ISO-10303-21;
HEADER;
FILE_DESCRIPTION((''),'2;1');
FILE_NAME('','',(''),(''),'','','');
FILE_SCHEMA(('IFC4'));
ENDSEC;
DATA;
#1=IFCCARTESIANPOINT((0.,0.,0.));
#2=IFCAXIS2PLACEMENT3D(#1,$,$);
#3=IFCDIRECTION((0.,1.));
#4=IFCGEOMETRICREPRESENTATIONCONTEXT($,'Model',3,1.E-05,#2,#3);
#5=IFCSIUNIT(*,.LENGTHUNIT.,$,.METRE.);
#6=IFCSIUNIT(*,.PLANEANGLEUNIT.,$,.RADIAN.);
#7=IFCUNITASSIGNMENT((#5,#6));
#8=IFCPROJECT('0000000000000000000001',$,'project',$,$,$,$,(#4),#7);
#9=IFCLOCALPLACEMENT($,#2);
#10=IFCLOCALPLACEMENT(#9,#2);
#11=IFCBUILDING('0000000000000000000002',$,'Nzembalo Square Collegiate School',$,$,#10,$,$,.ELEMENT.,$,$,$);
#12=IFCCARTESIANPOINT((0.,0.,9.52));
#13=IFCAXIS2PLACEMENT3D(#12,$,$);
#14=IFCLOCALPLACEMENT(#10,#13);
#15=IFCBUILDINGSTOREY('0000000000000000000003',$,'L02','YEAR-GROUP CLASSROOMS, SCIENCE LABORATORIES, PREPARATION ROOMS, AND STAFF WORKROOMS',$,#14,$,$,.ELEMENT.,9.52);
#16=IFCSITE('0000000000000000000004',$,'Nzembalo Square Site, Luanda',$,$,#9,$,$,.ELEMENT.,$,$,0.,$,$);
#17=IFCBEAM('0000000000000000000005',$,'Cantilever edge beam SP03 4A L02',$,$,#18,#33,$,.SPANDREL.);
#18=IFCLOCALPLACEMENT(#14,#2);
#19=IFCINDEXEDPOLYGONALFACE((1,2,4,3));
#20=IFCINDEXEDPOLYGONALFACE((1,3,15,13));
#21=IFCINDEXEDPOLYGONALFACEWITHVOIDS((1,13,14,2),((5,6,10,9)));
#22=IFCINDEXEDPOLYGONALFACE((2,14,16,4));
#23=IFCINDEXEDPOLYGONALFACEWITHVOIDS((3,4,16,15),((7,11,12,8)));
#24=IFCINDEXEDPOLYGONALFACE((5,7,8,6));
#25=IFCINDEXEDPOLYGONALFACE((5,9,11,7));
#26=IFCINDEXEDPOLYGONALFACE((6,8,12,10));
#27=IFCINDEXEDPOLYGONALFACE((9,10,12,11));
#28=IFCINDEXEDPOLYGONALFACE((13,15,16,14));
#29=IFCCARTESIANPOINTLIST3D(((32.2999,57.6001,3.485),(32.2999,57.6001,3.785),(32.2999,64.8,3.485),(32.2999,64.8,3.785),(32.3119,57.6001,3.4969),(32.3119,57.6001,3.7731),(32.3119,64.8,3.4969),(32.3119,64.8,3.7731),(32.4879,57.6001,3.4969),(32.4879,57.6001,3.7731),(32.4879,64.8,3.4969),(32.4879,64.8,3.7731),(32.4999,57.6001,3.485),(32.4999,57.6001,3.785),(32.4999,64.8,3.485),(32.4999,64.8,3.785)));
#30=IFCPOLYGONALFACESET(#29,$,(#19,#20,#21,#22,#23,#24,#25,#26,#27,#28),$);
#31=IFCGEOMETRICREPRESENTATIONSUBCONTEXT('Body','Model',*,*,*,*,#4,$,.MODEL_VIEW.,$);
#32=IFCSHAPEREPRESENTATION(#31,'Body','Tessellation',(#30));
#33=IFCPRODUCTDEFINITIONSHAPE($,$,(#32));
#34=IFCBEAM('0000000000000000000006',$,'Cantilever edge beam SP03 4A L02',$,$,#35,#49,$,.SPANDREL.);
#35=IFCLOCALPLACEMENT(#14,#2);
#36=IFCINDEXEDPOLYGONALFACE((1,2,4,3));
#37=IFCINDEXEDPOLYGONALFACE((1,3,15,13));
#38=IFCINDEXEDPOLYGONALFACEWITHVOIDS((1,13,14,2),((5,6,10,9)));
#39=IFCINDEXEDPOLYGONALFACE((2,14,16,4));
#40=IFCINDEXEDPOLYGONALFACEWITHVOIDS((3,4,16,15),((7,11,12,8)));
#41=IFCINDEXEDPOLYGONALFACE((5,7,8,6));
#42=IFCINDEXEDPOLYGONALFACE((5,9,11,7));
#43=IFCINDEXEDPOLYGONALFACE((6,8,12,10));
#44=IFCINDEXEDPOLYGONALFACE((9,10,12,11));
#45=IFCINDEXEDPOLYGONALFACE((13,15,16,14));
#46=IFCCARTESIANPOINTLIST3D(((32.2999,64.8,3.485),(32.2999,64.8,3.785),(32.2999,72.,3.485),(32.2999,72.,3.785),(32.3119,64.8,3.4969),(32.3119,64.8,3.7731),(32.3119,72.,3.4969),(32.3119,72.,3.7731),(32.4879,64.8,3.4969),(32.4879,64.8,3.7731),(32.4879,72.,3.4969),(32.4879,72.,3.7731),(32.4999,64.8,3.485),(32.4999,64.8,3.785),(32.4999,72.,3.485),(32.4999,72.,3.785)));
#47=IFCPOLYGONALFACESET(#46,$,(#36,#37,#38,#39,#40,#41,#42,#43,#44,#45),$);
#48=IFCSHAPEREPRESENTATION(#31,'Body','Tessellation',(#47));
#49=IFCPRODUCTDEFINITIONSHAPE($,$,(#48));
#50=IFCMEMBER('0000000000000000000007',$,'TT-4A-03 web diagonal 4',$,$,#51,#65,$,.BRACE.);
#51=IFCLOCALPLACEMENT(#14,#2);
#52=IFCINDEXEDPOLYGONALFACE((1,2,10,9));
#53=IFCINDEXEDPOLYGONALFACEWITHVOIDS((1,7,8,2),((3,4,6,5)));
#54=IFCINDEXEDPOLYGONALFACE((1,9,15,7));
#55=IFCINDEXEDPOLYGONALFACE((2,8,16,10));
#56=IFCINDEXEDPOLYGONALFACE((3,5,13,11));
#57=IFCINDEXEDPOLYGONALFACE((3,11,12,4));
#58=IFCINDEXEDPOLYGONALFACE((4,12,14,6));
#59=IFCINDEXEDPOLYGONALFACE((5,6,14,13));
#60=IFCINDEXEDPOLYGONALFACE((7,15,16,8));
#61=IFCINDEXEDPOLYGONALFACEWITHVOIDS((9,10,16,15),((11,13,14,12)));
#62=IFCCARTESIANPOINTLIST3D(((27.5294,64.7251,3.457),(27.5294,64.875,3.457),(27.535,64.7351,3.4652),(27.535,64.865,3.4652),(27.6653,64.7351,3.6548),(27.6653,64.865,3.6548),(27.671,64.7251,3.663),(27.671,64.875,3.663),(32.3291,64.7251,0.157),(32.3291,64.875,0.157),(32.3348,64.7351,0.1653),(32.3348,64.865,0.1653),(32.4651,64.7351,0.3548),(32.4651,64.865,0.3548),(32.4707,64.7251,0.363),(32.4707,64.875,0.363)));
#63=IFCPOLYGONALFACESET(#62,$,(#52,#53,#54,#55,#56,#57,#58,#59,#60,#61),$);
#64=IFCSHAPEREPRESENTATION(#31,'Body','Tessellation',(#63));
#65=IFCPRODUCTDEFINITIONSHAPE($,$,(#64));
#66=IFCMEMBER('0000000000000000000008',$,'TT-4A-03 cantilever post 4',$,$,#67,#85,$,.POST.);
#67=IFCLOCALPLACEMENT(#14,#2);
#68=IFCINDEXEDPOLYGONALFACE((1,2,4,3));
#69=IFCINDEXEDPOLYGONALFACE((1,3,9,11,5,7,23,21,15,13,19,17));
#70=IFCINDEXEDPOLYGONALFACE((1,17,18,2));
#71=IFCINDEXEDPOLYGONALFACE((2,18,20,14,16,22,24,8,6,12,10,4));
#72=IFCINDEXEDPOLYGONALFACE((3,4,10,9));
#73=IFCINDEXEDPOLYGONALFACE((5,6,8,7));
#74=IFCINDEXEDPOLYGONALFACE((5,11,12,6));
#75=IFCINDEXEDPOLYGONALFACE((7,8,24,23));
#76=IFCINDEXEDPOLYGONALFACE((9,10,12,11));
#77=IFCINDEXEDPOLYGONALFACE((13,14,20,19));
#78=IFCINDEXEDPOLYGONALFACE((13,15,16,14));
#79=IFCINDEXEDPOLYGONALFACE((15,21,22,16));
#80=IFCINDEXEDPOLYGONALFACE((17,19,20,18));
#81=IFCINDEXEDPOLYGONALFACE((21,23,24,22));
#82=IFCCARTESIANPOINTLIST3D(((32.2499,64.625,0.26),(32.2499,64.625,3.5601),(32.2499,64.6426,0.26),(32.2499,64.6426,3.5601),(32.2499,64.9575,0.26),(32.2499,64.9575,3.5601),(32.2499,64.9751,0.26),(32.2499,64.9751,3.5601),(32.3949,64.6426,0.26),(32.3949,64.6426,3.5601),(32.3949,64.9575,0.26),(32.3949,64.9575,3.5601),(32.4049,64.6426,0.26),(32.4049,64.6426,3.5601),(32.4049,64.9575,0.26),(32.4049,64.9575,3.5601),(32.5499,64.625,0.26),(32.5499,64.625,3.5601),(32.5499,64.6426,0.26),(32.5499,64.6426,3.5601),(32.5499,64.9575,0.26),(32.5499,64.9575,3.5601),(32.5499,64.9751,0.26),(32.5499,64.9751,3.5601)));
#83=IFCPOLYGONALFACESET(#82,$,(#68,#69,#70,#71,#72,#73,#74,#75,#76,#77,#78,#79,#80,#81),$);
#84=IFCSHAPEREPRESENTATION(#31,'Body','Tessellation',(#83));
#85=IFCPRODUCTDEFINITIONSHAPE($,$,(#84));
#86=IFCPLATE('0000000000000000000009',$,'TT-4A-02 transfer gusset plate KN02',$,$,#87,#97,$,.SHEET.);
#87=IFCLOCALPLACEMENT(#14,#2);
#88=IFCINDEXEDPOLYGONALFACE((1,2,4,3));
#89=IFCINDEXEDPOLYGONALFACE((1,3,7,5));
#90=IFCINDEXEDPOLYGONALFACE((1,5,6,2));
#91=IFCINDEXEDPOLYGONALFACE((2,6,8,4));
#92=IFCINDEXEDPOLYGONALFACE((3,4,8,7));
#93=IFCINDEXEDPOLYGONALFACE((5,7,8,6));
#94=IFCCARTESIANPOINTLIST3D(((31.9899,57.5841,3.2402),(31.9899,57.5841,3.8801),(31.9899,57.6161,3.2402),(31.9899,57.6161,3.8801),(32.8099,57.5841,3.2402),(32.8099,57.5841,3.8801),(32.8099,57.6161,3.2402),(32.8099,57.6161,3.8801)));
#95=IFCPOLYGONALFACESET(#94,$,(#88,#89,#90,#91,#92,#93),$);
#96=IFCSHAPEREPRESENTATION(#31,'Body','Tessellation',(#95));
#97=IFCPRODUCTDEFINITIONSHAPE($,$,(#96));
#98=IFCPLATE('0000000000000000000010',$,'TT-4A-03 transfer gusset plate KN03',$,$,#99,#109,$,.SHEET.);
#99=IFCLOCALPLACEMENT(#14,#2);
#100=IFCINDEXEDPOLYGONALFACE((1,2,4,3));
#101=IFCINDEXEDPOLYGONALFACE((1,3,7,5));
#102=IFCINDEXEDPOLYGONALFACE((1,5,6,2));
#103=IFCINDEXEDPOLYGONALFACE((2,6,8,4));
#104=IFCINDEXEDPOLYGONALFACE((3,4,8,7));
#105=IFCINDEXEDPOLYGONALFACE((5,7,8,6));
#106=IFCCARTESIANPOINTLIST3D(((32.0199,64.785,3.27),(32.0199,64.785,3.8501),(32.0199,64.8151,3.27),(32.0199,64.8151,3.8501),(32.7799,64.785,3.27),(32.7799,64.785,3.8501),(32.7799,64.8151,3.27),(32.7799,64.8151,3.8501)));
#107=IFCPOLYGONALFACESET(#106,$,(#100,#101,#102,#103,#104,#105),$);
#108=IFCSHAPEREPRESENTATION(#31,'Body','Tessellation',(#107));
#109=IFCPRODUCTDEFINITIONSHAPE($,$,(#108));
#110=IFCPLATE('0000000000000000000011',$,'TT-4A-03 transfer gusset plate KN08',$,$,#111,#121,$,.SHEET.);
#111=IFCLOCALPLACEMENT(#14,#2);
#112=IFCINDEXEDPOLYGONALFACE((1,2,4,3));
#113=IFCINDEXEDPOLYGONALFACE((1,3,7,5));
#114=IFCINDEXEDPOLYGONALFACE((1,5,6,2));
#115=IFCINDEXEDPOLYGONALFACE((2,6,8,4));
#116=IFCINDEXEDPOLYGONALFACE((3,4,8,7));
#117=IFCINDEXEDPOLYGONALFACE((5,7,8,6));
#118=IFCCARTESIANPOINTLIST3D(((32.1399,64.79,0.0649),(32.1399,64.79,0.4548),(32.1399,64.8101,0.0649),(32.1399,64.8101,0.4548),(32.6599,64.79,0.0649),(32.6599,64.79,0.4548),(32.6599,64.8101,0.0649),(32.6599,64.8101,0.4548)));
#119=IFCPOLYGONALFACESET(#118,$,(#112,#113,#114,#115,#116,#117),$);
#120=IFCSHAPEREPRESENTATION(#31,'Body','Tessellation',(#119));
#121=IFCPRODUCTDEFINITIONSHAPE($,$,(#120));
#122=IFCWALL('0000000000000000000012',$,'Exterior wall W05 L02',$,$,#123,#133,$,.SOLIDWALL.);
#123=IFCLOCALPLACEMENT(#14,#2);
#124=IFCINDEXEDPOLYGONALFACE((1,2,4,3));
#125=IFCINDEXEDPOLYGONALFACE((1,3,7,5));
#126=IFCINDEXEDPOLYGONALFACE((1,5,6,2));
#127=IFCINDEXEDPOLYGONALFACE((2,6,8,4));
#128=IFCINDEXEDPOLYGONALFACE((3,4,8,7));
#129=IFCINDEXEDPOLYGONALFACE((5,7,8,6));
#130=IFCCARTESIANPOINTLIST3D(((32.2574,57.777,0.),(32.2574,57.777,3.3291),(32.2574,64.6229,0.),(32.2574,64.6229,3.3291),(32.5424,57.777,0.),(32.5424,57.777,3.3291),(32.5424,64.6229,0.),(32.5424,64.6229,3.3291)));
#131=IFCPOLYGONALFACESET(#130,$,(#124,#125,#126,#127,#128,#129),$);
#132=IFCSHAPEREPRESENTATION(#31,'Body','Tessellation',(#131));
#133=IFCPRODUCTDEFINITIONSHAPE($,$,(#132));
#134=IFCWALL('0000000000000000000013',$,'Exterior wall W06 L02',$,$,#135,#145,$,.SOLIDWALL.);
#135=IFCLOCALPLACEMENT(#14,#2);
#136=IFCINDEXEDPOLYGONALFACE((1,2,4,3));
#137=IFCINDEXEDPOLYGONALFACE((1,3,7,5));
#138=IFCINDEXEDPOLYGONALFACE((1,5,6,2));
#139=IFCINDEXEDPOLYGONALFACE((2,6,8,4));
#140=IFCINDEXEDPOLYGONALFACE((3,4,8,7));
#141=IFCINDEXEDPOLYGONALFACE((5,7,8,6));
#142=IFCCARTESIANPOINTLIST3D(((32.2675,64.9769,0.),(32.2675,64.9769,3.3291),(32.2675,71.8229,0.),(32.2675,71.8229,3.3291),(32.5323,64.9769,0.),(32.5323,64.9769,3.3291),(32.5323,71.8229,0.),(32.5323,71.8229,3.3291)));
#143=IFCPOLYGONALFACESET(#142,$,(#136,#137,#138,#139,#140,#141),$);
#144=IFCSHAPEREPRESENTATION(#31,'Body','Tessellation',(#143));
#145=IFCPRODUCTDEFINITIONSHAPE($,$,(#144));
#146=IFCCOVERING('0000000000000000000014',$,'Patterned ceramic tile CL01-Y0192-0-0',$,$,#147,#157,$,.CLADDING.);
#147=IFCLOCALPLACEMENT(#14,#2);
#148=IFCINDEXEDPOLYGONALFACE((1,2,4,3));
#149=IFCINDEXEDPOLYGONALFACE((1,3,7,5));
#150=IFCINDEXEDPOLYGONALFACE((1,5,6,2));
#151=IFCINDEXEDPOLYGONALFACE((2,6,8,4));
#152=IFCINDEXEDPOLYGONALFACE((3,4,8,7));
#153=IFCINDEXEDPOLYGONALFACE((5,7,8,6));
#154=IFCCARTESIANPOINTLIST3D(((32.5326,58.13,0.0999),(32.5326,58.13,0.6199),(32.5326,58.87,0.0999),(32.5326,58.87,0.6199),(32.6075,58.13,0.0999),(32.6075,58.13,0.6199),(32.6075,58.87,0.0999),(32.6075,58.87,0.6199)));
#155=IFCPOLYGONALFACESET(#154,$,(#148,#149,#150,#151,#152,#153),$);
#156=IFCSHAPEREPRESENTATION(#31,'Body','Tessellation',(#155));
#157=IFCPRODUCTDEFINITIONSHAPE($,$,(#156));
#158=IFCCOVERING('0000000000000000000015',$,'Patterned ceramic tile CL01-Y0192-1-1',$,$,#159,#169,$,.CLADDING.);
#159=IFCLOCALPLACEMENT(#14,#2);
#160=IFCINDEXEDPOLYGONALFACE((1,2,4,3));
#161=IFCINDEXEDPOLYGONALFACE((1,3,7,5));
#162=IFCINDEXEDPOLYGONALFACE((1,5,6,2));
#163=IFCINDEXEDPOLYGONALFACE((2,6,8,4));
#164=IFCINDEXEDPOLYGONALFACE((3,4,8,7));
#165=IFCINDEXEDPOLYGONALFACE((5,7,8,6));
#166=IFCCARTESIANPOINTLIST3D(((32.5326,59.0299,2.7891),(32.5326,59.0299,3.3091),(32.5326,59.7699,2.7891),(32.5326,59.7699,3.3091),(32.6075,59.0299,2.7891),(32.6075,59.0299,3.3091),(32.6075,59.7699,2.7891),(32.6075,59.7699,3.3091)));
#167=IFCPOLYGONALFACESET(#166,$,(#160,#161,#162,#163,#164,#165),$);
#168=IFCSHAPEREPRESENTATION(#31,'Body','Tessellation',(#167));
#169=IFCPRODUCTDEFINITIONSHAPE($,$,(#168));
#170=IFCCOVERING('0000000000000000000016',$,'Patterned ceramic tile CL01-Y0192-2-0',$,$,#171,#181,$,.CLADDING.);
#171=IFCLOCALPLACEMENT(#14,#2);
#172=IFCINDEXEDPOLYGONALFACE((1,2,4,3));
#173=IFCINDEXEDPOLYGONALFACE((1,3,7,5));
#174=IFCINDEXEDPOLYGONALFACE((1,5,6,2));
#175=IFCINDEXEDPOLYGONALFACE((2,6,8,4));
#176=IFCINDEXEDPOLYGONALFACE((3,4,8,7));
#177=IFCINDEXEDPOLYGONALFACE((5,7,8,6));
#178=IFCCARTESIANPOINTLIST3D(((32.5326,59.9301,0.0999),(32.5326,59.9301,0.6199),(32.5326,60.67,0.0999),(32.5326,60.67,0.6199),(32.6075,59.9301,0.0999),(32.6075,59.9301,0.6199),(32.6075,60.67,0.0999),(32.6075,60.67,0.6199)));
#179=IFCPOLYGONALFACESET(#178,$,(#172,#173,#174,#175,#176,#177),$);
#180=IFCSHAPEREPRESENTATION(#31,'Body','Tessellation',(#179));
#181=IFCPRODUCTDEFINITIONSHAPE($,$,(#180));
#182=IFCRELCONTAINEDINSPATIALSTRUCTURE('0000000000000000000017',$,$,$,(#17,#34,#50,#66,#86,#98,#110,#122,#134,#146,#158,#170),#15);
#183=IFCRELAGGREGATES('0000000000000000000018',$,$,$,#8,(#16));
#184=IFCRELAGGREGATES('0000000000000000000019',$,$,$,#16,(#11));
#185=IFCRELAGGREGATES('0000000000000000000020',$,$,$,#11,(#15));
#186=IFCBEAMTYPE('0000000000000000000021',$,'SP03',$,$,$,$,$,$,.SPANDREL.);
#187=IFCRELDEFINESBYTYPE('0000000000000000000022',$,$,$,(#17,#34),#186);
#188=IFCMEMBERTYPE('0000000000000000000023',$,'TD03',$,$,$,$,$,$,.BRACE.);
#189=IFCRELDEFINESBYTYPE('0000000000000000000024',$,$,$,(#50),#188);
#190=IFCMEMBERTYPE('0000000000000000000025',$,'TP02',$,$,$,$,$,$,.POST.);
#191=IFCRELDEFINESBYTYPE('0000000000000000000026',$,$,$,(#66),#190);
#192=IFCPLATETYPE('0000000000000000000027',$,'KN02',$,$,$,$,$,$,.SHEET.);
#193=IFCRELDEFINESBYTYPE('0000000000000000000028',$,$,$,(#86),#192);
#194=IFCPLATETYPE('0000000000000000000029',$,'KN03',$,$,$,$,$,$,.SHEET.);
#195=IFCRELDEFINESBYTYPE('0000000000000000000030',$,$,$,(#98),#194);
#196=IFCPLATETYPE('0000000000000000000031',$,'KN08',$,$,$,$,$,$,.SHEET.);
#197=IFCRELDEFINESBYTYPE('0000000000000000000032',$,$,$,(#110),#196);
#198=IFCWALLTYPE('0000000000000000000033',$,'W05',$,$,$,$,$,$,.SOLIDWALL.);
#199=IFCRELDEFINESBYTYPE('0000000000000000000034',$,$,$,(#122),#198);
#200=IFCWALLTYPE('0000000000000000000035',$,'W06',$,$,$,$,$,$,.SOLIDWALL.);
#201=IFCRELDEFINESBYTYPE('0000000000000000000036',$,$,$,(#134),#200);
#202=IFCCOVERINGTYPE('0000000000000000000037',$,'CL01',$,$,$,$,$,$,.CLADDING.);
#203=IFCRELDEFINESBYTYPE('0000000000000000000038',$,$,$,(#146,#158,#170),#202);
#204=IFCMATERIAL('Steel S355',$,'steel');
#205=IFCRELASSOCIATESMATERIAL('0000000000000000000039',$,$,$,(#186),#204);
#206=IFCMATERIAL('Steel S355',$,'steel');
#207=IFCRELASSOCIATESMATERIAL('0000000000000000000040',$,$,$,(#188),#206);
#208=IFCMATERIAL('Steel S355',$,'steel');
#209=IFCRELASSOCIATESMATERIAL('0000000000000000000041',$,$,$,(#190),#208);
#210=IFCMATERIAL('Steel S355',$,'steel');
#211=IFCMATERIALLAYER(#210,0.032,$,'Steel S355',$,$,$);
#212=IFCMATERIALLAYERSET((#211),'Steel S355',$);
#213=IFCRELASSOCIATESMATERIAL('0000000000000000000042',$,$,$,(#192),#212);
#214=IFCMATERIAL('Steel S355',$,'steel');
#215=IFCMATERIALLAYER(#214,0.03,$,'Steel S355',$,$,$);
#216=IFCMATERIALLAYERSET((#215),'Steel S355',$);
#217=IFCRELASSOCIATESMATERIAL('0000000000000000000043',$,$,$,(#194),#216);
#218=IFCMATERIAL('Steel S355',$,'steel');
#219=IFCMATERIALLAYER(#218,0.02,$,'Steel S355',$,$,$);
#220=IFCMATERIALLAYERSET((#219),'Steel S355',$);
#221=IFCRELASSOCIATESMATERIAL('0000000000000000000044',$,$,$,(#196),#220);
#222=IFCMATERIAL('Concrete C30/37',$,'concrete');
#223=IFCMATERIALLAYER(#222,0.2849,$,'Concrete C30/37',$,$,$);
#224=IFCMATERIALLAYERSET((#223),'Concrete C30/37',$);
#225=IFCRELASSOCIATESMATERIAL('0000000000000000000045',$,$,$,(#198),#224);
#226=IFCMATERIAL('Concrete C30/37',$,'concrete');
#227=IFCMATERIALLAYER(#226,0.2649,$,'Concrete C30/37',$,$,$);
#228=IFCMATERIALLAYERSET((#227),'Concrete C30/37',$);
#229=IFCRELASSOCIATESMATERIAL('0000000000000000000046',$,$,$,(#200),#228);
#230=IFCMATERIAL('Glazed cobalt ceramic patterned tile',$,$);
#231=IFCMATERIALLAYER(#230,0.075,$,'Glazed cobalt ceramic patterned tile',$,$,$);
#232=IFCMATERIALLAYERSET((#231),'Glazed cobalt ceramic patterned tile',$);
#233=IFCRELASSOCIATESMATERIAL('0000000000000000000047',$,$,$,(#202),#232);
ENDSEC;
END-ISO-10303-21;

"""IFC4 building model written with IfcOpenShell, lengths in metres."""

from ifc_helpers import new_model, si_unit, direction, frame, frame_2d, origin, origin_2d, place, context, subcontext, project, spatial, rectangle, hollow_rectangle, i_section, extrude, material, layer, layer_set, material_profile, profile_set, type_object, element, save


model = new_model("IFC4")

# Units and contexts
model_context = context("Model", 3, precision=1e-05, world=origin(), true_north=direction((0.0, 1.0)))
body_context = subcontext(model_context, "Body", "Model", "MODEL_VIEW")
ifc_project = project(units=[si_unit("LENGTHUNIT", "METRE"), si_unit("PLANEANGLEUNIT", "RADIAN")], contexts=[model_context])

# Site, building, storey
site_placement = place(None, origin())
site = spatial("IfcSite", under=ifc_project, at=site_placement, Name="Nzembalo Square Site, Luanda", CompositionType="ELEMENT", RefElevation=0.0)
building_placement = place(site_placement, origin())
building = spatial("IfcBuilding", under=site, at=building_placement, Name="Nzembalo Square Collegiate School", CompositionType="ELEMENT")
storey_placement = place(building_placement, frame((0.0, 0.0, 9.52)))
storey = spatial("IfcBuildingStorey", under=building, at=storey_placement, Name="L02", Description="YEAR-GROUP CLASSROOMS, SCIENCE LABORATORIES, PREPARATION ROOMS, AND STAFF WORKROOMS", CompositionType="ELEMENT", Elevation=9.52)

# Beams
ifc_material_1 = material(Name="Steel S355", Category="steel")
ifc_material_profile_1 = material_profile(ifc_material_1, hollow_rectangle(XDim=0.2, YDim=0.3, WallThickness=0.012, at=origin_2d()), Name="RHS 300x200x12")
ifc_profile_set_1 = profile_set([ifc_material_profile_1], Name="Steel S355")
beam_type = type_object("IfcBeamType", Name="SP03", PredefinedType="SPANDREL", material=ifc_profile_set_1)
for number, where, z_axis, x_axis, name in (
    (1, (32.3999, 57.6001, 3.635), (0.0, 1.0, 0.0), (-1.0, 0.0, 0.0), "Cantilever edge beam SP03 4A L02"),
    (2, (32.3999, 64.8, 3.635), (0.0, 1.0, 0.0), (-1.0, 0.0, 0.0), "Cantilever edge beam SP03 4A L02"),
):
    element("IfcBeam", number, at=place(storey_placement, frame(where, z_axis=z_axis, x_axis=x_axis)), inside=storey, type_object=beam_type, Name=name, PredefinedType="SPANDREL", context=body_context, shape_type="SweptSolid", body=[
        extrude(hollow_rectangle(XDim=0.2, YDim=0.3, WallThickness=0.012, at=origin_2d()), origin(), (0.0, 0.0, 1.0), 7.2),
    ])

# Members
ifc_material_2 = material(Name="Steel S355", Category="steel")
ifc_material_profile_2 = material_profile(ifc_material_2, hollow_rectangle(XDim=0.1499, YDim=0.25, WallThickness=0.01, at=origin_2d()), Name="RHS 250x150x10")
ifc_profile_set_2 = profile_set([ifc_material_profile_2], Name="Steel S355")
member_type_1 = type_object("IfcMemberType", Name="TD03", PredefinedType="BRACE", material=ifc_profile_set_2)
member_1_placement = place(storey_placement, frame((32.3999, 64.8, 0.26), z_axis=(-0.824027, 0.0, 0.56655), x_axis=(0.0, -1.0, 0.0)))
element("IfcMember", 3, at=member_1_placement, inside=storey, type_object=member_type_1, Name="TT-4A-03 web diagonal 4", PredefinedType="BRACE", context=body_context, shape_type="SweptSolid", body=[
    extrude(hollow_rectangle(XDim=0.1499, YDim=0.25, WallThickness=0.01, at=origin_2d()), origin(), (0.0, 0.0, 1.0), 5.8247),
])
ifc_material_3 = material(Name="Steel S355", Category="steel")
ifc_material_profile_3 = material_profile(ifc_material_3, i_section(OverallWidth=0.3, OverallDepth=0.3501, WebThickness=0.01, FlangeThickness=0.0176, at=origin_2d()), Name="HEA 360")
ifc_profile_set_3 = profile_set([ifc_material_profile_3], Name="Steel S355")
member_type_2 = type_object("IfcMemberType", Name="TP02", PredefinedType="POST", material=ifc_profile_set_3)
member_2_placement = place(storey_placement, frame((32.3999, 64.8, 0.26), z_axis=(0.0, 0.0, 1.0), x_axis=(1.0, 0.0, 0.0)))
element("IfcMember", 4, at=member_2_placement, inside=storey, type_object=member_type_2, Name="TT-4A-03 cantilever post 4", PredefinedType="POST", context=body_context, shape_type="SweptSolid", body=[
    extrude(i_section(OverallWidth=0.3, OverallDepth=0.3501, WebThickness=0.01, FlangeThickness=0.0176, at=origin_2d()), origin(), (0.0, 0.0, 1.0), 3.3),
])

# Plates
ifc_material_4 = material(Name="Steel S355", Category="steel")
ifc_layer_1 = layer(ifc_material_4, 0.032, Name="Steel S355")
ifc_layer_set_1 = layer_set([ifc_layer_1], Name="Steel S355")
plate_type_1 = type_object("IfcPlateType", Name="KN02", PredefinedType="SHEET", material=ifc_layer_set_1)
plate_1_placement = place(storey_placement, frame((32.3999, 57.6001, 3.2402), z_axis=(0.0, 0.0, 1.0), x_axis=(1.0, 0.0, 0.0)))
element("IfcPlate", 5, at=plate_1_placement, inside=storey, type_object=plate_type_1, Name="TT-4A-02 transfer gusset plate KN02", PredefinedType="SHEET", context=body_context, shape_type="SweptSolid", body=[
    extrude(rectangle(XDim=0.8201, YDim=0.032, at=origin_2d()), origin(), (0.0, 0.0, 1.0), 0.6399),
])
ifc_material_5 = material(Name="Steel S355", Category="steel")
ifc_layer_2 = layer(ifc_material_5, 0.03, Name="Steel S355")
ifc_layer_set_2 = layer_set([ifc_layer_2], Name="Steel S355")
plate_type_2 = type_object("IfcPlateType", Name="KN03", PredefinedType="SHEET", material=ifc_layer_set_2)
plate_2_placement = place(storey_placement, frame((32.3999, 64.8, 3.27), z_axis=(0.0, 0.0, 1.0), x_axis=(1.0, 0.0, 0.0)))
element("IfcPlate", 6, at=plate_2_placement, inside=storey, type_object=plate_type_2, Name="TT-4A-03 transfer gusset plate KN03", PredefinedType="SHEET", context=body_context, shape_type="SweptSolid", body=[
    extrude(rectangle(XDim=0.76, YDim=0.03, at=origin_2d()), origin(), (0.0, 0.0, 1.0), 0.5801),
])
ifc_material_6 = material(Name="Steel S355", Category="steel")
ifc_layer_3 = layer(ifc_material_6, 0.02, Name="Steel S355")
ifc_layer_set_3 = layer_set([ifc_layer_3], Name="Steel S355")
plate_type_3 = type_object("IfcPlateType", Name="KN08", PredefinedType="SHEET", material=ifc_layer_set_3)
plate_3_placement = place(storey_placement, frame((32.3999, 64.8, 0.0649), z_axis=(0.0, 0.0, 1.0), x_axis=(1.0, 0.0, 0.0)))
element("IfcPlate", 7, at=plate_3_placement, inside=storey, type_object=plate_type_3, Name="TT-4A-03 transfer gusset plate KN08", PredefinedType="SHEET", context=body_context, shape_type="SweptSolid", body=[
    extrude(rectangle(XDim=0.52, YDim=0.02, at=origin_2d()), origin(), (0.0, 0.0, 1.0), 0.3899),
])

# Walls
ifc_material_7 = material(Name="Concrete C30/37", Category="concrete")
ifc_layer_4 = layer(ifc_material_7, 0.2849, Name="Concrete C30/37")
ifc_layer_set_4 = layer_set([ifc_layer_4], Name="Concrete C30/37")
wall_type_1 = type_object("IfcWallType", Name="W05", PredefinedType="SOLIDWALL", material=ifc_layer_set_4)
wall_1_placement = place(storey_placement, frame((32.3999, 57.7771, 0.0), z_axis=(0.0, 0.0, 1.0), x_axis=(0.0, 1.0, 0.0)))
element("IfcWall", 8, at=wall_1_placement, inside=storey, type_object=wall_type_1, Name="Exterior wall W05 L02", PredefinedType="SOLIDWALL", context=body_context, shape_type="SweptSolid", body=[
    extrude(rectangle(XDim=6.8459, YDim=0.2849, at=frame_2d((3.4229, 0.0))), origin(), (0.0, 0.0, 1.0), 3.3291),
])
ifc_material_8 = material(Name="Concrete C30/37", Category="concrete")
ifc_layer_5 = layer(ifc_material_8, 0.2649, Name="Concrete C30/37")
ifc_layer_set_5 = layer_set([ifc_layer_5], Name="Concrete C30/37")
wall_type_2 = type_object("IfcWallType", Name="W06", PredefinedType="SOLIDWALL", material=ifc_layer_set_5)
wall_2_placement = place(storey_placement, frame((32.3999, 64.9771, 0.0), z_axis=(0.0, 0.0, 1.0), x_axis=(0.0, 1.0, 0.0)))
element("IfcWall", 9, at=wall_2_placement, inside=storey, type_object=wall_type_2, Name="Exterior wall W06 L02", PredefinedType="SOLIDWALL", context=body_context, shape_type="SweptSolid", body=[
    extrude(rectangle(XDim=6.8459, YDim=0.2649, at=frame_2d((3.4229, 0.0))), origin(), (0.0, 0.0, 1.0), 3.3291),
])

# Coverings
ifc_material_9 = material(Name="Glazed cobalt ceramic patterned tile")
ifc_layer_6 = layer(ifc_material_9, 0.075, Name="Glazed cobalt ceramic patterned tile")
ifc_layer_set_6 = layer_set([ifc_layer_6], Name="Glazed cobalt ceramic patterned tile")
covering_type_1 = type_object("IfcCoveringType", Name="CL01", PredefinedType="CLADDING", material=ifc_layer_set_6)
for number, where, z_axis, x_axis, name in (
    (10, (32.5701, 58.5, 0.0999), (0.0, 0.0, 1.0), (1.0, 0.0, 0.0), "Patterned ceramic tile CL01-Y0192-0-0"),
    (11, (32.5701, 59.3999, 2.7891), (0.0, 0.0, 1.0), (1.0, 0.0, 0.0), "Patterned ceramic tile CL01-Y0192-1-1"),
    (12, (32.5701, 60.3, 0.0999), (0.0, 0.0, 1.0), (1.0, 0.0, 0.0), "Patterned ceramic tile CL01-Y0192-2-0"),
):
    element("IfcCovering", number, at=place(storey_placement, frame(where, z_axis=z_axis, x_axis=x_axis)), inside=storey, type_object=covering_type_1, Name=name, PredefinedType="CLADDING", context=body_context, shape_type="SweptSolid", body=[
        extrude(rectangle(XDim=0.075, YDim=0.74, at=origin_2d()), origin(), (0.0, 0.0, 1.0), 0.52),
    ])

save(model, "model.ifc")
